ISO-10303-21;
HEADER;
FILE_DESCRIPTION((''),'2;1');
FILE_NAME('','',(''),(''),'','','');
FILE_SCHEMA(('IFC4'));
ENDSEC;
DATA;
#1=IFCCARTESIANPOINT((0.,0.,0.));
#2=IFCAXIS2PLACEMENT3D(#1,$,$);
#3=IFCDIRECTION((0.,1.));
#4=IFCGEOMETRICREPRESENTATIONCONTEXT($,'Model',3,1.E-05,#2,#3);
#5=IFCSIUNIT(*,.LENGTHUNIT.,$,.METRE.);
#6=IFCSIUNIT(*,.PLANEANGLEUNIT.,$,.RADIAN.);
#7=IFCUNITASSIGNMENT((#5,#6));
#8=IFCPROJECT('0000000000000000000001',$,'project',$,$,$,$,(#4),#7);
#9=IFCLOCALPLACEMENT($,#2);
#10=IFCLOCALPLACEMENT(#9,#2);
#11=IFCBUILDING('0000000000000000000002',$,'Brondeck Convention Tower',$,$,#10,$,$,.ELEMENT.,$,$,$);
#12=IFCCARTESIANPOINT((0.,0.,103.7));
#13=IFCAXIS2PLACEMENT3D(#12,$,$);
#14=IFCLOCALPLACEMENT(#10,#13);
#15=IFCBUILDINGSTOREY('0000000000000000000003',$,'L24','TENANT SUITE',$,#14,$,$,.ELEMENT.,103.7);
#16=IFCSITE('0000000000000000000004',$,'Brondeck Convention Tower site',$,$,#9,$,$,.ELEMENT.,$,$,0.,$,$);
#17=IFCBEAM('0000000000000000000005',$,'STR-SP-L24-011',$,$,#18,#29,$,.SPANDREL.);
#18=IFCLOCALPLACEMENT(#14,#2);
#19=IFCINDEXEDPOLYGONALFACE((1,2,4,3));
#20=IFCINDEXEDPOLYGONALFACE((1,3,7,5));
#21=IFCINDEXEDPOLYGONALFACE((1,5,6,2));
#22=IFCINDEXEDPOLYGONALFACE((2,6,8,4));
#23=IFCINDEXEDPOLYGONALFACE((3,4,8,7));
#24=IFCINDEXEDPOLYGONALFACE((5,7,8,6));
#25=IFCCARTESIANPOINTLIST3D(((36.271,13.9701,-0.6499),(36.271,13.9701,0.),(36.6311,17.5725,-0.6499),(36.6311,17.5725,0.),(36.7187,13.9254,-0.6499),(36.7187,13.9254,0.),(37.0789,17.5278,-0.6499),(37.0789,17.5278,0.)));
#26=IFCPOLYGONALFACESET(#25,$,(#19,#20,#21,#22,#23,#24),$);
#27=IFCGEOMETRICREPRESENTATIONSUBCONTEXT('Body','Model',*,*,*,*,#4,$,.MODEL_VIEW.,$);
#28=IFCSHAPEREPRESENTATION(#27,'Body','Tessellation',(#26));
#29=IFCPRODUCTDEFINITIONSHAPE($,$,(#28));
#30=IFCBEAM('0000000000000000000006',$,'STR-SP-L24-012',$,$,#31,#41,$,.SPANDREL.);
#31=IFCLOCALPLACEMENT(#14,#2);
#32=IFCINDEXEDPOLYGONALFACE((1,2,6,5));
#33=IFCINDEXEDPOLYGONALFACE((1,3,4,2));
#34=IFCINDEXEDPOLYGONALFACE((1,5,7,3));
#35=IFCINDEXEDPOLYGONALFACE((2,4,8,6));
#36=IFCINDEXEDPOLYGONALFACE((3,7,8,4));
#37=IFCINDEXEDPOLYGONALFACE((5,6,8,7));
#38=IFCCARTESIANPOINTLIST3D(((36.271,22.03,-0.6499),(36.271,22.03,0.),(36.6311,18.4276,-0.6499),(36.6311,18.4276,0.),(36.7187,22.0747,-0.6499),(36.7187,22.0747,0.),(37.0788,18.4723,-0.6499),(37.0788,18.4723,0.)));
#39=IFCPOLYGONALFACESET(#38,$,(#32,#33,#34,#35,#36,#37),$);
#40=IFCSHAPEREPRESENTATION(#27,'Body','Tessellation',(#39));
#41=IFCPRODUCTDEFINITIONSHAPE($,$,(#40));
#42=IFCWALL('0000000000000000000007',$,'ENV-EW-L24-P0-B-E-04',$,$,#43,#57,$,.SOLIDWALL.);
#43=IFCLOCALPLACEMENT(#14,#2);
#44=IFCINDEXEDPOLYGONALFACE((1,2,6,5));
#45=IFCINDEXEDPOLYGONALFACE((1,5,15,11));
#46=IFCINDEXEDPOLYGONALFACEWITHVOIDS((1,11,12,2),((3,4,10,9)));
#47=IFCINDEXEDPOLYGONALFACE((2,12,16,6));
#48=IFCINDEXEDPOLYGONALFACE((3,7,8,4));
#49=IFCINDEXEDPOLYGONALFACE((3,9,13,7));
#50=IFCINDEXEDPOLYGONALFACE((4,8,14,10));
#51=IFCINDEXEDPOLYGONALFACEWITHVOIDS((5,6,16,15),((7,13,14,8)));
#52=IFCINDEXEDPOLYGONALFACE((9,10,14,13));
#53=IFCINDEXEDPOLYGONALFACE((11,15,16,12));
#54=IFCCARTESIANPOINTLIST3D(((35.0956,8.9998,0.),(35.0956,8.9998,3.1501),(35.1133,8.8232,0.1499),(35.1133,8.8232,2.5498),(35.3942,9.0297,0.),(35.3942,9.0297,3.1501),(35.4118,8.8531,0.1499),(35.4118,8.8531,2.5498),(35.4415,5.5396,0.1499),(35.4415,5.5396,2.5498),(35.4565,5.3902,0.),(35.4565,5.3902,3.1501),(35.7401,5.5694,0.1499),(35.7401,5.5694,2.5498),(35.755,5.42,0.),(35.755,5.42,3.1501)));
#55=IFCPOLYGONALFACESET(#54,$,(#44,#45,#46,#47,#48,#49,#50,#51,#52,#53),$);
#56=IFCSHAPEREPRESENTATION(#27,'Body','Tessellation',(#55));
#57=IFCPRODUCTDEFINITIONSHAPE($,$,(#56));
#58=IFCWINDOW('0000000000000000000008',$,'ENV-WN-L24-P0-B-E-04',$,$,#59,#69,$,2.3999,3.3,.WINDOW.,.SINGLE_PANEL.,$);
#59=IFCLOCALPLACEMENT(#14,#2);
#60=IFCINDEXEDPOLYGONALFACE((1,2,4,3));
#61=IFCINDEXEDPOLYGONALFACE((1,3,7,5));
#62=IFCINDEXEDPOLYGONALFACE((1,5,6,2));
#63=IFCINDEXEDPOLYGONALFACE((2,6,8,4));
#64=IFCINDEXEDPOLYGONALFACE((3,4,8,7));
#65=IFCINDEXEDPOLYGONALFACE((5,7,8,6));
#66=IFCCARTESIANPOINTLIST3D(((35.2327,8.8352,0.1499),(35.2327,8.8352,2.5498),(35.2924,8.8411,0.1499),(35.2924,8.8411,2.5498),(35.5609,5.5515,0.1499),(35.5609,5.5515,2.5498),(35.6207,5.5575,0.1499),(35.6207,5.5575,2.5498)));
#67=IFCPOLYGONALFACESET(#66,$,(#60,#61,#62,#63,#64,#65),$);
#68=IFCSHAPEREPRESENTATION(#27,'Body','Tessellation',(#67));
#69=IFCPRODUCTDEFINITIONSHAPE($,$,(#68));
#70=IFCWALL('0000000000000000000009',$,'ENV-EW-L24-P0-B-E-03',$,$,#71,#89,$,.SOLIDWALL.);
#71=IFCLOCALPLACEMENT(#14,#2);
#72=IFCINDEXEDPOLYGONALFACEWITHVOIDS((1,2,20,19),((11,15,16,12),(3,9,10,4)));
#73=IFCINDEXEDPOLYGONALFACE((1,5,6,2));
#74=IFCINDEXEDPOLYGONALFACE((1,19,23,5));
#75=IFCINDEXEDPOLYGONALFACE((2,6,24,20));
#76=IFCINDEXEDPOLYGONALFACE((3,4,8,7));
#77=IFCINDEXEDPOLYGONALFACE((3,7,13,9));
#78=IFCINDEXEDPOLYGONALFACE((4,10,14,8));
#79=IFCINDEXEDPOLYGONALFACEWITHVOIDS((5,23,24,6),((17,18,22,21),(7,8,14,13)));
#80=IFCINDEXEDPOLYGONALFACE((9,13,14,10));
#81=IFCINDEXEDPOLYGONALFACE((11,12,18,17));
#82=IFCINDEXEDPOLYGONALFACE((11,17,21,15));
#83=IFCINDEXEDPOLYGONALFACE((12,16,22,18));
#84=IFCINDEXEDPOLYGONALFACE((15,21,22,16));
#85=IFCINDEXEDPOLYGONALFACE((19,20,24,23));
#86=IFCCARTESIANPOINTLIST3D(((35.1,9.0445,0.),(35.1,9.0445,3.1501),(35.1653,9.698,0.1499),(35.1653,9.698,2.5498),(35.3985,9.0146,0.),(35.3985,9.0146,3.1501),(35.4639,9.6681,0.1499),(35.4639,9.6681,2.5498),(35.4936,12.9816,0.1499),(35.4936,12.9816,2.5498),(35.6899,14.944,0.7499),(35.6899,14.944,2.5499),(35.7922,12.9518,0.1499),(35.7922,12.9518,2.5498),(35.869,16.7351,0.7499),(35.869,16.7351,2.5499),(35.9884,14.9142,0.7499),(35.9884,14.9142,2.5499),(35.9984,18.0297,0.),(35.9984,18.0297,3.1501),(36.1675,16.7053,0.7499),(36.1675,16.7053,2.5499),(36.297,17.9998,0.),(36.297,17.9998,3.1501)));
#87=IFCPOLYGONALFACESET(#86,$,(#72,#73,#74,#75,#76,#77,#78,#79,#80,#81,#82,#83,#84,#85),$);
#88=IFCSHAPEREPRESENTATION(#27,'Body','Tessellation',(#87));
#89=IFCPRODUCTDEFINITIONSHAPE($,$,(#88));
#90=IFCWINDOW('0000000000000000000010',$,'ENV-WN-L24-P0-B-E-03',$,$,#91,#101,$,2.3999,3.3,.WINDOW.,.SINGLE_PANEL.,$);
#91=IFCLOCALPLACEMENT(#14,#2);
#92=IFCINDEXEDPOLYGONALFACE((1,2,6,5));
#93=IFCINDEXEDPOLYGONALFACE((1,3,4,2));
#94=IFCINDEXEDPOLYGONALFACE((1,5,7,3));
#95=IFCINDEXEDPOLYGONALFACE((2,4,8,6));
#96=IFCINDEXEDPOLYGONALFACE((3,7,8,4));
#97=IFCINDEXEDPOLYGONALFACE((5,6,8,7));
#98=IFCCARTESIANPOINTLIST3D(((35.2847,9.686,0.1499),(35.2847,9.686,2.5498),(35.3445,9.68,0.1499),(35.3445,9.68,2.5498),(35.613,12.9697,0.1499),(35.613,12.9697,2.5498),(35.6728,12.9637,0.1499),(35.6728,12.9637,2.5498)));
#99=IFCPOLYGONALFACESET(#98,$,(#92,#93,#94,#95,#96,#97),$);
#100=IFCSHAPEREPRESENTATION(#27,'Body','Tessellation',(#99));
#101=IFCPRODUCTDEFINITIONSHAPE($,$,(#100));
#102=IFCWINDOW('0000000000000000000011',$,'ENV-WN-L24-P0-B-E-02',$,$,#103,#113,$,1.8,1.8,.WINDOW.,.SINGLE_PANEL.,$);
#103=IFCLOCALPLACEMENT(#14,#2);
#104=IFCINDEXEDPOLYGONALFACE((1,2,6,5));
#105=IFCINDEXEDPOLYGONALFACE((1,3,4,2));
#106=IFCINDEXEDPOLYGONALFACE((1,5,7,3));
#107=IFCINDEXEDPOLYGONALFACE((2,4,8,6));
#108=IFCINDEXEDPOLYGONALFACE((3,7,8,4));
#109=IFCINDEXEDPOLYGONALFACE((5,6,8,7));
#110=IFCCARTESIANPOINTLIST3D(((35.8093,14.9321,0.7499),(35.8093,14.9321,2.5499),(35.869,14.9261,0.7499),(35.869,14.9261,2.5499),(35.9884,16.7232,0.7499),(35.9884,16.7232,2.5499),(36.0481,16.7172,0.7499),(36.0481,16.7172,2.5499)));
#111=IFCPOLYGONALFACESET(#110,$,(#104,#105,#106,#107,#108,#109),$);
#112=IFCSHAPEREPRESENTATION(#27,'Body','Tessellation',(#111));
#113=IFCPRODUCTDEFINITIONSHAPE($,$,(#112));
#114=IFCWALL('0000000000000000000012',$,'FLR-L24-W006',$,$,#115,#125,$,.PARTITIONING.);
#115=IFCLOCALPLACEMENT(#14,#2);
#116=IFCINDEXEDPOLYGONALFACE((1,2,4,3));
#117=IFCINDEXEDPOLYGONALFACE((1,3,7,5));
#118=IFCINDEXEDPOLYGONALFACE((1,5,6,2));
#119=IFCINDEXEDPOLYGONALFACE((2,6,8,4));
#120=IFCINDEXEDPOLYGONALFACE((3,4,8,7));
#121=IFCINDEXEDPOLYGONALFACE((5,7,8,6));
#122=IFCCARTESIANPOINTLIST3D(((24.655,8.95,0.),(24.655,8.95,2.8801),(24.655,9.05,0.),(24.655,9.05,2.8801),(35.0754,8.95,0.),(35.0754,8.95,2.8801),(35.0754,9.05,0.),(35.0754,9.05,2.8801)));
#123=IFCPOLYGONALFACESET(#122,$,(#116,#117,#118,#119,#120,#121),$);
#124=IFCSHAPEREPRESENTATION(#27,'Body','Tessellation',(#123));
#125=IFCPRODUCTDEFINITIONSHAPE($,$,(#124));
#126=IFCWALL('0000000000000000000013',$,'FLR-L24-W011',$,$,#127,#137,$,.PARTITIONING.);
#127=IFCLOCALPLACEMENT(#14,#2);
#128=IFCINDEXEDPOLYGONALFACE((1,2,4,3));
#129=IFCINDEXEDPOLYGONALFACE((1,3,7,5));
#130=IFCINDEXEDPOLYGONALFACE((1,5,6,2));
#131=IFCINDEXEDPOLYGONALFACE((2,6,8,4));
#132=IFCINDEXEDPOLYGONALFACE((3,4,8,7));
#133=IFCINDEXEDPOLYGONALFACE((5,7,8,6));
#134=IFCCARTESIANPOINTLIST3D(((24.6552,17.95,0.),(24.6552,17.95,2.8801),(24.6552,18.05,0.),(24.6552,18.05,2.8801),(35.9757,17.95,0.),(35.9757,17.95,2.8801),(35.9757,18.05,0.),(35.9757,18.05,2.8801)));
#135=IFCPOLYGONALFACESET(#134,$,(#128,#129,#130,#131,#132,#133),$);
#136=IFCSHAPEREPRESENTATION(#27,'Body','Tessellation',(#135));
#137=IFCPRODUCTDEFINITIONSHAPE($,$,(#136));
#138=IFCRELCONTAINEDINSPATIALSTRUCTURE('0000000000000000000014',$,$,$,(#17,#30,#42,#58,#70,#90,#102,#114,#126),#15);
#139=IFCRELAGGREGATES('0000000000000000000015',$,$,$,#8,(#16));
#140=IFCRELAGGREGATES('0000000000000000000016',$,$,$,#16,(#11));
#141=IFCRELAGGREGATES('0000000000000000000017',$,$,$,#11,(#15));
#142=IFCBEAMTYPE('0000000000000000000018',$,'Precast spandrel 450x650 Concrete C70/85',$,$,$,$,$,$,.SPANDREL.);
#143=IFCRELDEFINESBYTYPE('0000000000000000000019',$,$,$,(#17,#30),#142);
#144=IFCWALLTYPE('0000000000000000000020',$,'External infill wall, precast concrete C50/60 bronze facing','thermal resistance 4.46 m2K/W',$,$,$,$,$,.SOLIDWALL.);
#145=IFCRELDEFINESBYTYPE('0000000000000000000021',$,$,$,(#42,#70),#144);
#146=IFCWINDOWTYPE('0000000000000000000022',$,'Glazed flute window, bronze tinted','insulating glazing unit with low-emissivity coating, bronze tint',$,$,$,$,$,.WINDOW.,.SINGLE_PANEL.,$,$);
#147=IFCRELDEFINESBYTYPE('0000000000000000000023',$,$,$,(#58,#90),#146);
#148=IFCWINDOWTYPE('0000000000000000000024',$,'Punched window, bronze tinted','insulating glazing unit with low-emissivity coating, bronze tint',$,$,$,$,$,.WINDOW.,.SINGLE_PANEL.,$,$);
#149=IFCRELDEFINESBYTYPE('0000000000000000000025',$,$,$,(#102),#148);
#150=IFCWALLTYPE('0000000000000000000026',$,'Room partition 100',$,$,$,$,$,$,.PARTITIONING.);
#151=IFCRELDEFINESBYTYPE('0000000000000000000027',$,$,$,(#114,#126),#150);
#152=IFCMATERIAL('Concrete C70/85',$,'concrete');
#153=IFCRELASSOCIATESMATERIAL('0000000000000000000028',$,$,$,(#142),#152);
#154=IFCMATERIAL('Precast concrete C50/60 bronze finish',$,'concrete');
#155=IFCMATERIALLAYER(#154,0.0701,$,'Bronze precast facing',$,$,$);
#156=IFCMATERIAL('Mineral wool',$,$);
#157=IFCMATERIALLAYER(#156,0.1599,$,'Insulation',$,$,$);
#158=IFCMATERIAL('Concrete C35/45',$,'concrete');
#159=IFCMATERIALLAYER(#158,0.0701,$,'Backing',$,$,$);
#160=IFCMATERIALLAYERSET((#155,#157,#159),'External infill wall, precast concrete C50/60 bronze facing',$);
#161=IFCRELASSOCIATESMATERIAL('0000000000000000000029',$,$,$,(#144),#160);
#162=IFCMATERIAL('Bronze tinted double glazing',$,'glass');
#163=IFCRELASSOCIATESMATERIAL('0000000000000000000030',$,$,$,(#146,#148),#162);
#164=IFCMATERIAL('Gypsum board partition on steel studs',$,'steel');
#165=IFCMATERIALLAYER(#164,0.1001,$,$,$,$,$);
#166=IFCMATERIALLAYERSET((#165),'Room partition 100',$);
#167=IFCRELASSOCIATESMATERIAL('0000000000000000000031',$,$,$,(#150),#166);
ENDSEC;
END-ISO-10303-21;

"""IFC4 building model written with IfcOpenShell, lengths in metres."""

from ifc_helpers import new_model, si_unit, direction, frame, frame_2d, origin, origin_2d, place, context, subcontext, project, spatial, rectangle, extrude, material, layer, layer_set, material_profile, profile_set, type_object, element, fill, save


model = new_model("IFC4")

# Units and contexts
model_context = context("Model", 3, precision=1e-05, world=origin(), true_north=direction((0.0, 1.0)))
body_context = subcontext(model_context, "Body", "Model", "MODEL_VIEW")
ifc_project = project(units=[si_unit("LENGTHUNIT", "METRE"), si_unit("PLANEANGLEUNIT", "RADIAN")], contexts=[model_context])

# Site, building, storey
site_placement = place(None, origin())
site = spatial("IfcSite", under=ifc_project, at=site_placement, Name="Brondeck Convention Tower site", CompositionType="ELEMENT", RefElevation=0.0)
building_placement = place(site_placement, origin())
building = spatial("IfcBuilding", under=site, at=building_placement, Name="Brondeck Convention Tower", CompositionType="ELEMENT")
storey_placement = place(building_placement, frame((0.0, 0.0, 103.7)))
storey = spatial("IfcBuildingStorey", under=building, at=storey_placement, Name="L24", Description="TENANT SUITE", CompositionType="ELEMENT", Elevation=103.7)

# Shared definitions
ifc_material_1 = material(Name="Concrete C70/85", Category="concrete")

# Beams
ifc_material_profile_1 = material_profile(ifc_material_1, rectangle(XDim=0.45, YDim=0.6499, at=origin_2d()), Name="Precast spandrel 450x650 Concrete C70/85")
ifc_profile_set_1 = profile_set([ifc_material_profile_1], Name="Concrete C70/85")
beam_type_1 = type_object("IfcBeamType", Name="Precast spandrel 450x650 Concrete C70/85", PredefinedType="SPANDREL", material=ifc_profile_set_1)
for number, where, z_axis, x_axis, name in (
    (1, (36.4949, 13.9478, -0.325), (0.09947, 0.995041, 0.0), (-0.995041, 0.09947, 0.0), "STR-SP-L24-011"),
    (2, (36.855, 18.45, -0.325), (-0.09947, 0.995041, 0.0), (-0.995041, -0.09947, 0.0), "STR-SP-L24-012"),
):
    element("IfcBeam", number, at=place(storey_placement, frame(where, z_axis=z_axis, x_axis=x_axis)), inside=storey, type_object=beam_type_1, Name=name, PredefinedType="SPANDREL", context=body_context, shape_type="SweptSolid", body=[
        extrude(rectangle(XDim=0.45, YDim=0.6499, at=origin_2d()), origin(), (0.0, 0.0, 1.0), 3.6204),
    ])

# Wall, opening, window
ifc_material_2 = material(Name="Precast concrete C50/60 bronze finish", Category="concrete")
ifc_layer_1 = layer(ifc_material_2, 0.0701, Name="Bronze precast facing")
ifc_material_3 = material(Name="Mineral wool")
ifc_layer_2 = layer(ifc_material_3, 0.1599, Name="Insulation")
ifc_material_4 = material(Name="Concrete C35/45", Category="concrete")
ifc_layer_3 = layer(ifc_material_4, 0.0701, Name="Backing")
ifc_layer_set_1 = layer_set([ifc_layer_1, ifc_layer_2, ifc_layer_3], Name="External infill wall, precast concrete C50/60 bronze facing")
wall_type_1 = type_object("IfcWallType", Name="External infill wall, precast concrete C50/60 bronze facing", Description="thermal resistance 4.46 m2K/W", PredefinedType="SOLIDWALL", material=ifc_layer_set_1)
wall_1_placement = place(storey_placement, frame((35.2449, 9.0149, 0.0), z_axis=(0.0, 0.0, 1.0), x_axis=(0.09947, -0.995041, 0.0)))
wall_1 = element("IfcWall", 3, at=wall_1_placement, inside=storey, type_object=wall_type_1, Name="ENV-EW-L24-P0-B-E-04", PredefinedType="SOLIDWALL", context=body_context, shape_type="SweptSolid", body=[
    extrude(rectangle(XDim=3.6277, YDim=0.3, at=frame_2d((1.814, 0.0))), origin(), (0.0, 0.0, 1.0), 3.1501),
])
opening_1_placement = place(wall_1_placement, frame((0.1777, 0.0, 0.1499)))
opening_1 = element("IfcOpeningElement", 4, at=opening_1_placement, cuts=wall_1, PredefinedType="OPENING", context=body_context, shape_type="SweptSolid", body=[
    extrude(rectangle(XDim=3.3, YDim=2.3999, at=frame_2d((1.6499, 1.2))), frame((0.0, 0.1599, 0.0), z_axis=(0.0, -1.0, 0.0), x_axis=(1.0, 0.0, 0.0)), (0.0, 0.0, 1.0), 0.3201),
])
ifc_material_5 = material(Name="Bronze tinted double glazing", Category="glass")
window_type_1 = type_object("IfcWindowType", Name="Glazed flute window, bronze tinted", Description="insulating glazing unit with low-emissivity coating, bronze tint", PartitioningType="SINGLE_PANEL", PredefinedType="WINDOW", material=ifc_material_5)
window_1_placement = place(opening_1_placement, origin())
window_1 = element("IfcWindow", 5, at=window_1_placement, inside=storey, type_object=window_type_1, Name="ENV-WN-L24-P0-B-E-04", OverallHeight=2.3999, OverallWidth=3.3, PartitioningType="SINGLE_PANEL", PredefinedType="WINDOW", context=body_context, shape_type="SweptSolid", body=[
    extrude(rectangle(XDim=3.3, YDim=2.3999, at=frame_2d((1.6499, 1.2))), frame((0.0, 0.03, 0.0), z_axis=(0.0, -1.0, 0.0), x_axis=(1.0, 0.0, 0.0)), (0.0, 0.0, 1.0), 0.0601),
])
fill(opening_1, window_1)

# Wall, openings, windows
wall_2_placement = place(storey_placement, frame((36.1477, 18.0149, 0.0), z_axis=(0.0, 0.0, 1.0), x_axis=(-0.099496, -0.995038, 0.0)))
wall_2 = element("IfcWall", 6, at=wall_2_placement, inside=storey, type_object=wall_type_1, Name="ENV-EW-L24-P0-B-E-03", PredefinedType="SOLIDWALL", context=body_context, shape_type="SweptSolid", body=[
    extrude(rectangle(XDim=9.03, YDim=0.3, at=frame_2d((4.5151, 0.0))), origin(), (0.0, 0.0, 1.0), 3.1501),
])
opening_2_placement = place(wall_2_placement, frame((1.3013, 0.0, 0.75)))
opening_2 = element("IfcOpeningElement", 7, at=opening_2_placement, cuts=wall_2, PredefinedType="OPENING", context=body_context, shape_type="SweptSolid", body=[
    extrude(rectangle(XDim=1.8, YDim=1.8, at=frame_2d((0.8999, 0.8999))), frame((0.0, 0.1599, 0.0), z_axis=(0.0, -1.0, 0.0), x_axis=(1.0, 0.0, 0.0)), (0.0, 0.0, 1.0), 0.3201),
])
opening_3_placement = place(wall_2_placement, frame((5.0735, 0.0, 0.1499)))
opening_3 = element("IfcOpeningElement", 8, at=opening_3_placement, cuts=wall_2, PredefinedType="OPENING", context=body_context, shape_type="SweptSolid", body=[
    extrude(rectangle(XDim=3.3, YDim=2.3999, at=frame_2d((1.6499, 1.2))), frame((0.0, 0.1599, 0.0), z_axis=(0.0, -1.0, 0.0), x_axis=(1.0, 0.0, 0.0)), (0.0, 0.0, 1.0), 0.3201),
])
window_2_placement = place(opening_3_placement, origin())
window_2 = element("IfcWindow", 9, at=window_2_placement, inside=storey, type_object=window_type_1, Name="ENV-WN-L24-P0-B-E-03", OverallHeight=2.3999, OverallWidth=3.3, PartitioningType="SINGLE_PANEL", PredefinedType="WINDOW", context=body_context, shape_type="SweptSolid", body=[
    extrude(rectangle(XDim=3.3, YDim=2.3999, at=frame_2d((1.6499, 1.2))), frame((0.0, 0.03, 0.0), z_axis=(0.0, -1.0, 0.0), x_axis=(1.0, 0.0, 0.0)), (0.0, 0.0, 1.0), 0.0601),
])
fill(opening_3, window_2)
window_type_2 = type_object("IfcWindowType", Name="Punched window, bronze tinted", Description="insulating glazing unit with low-emissivity coating, bronze tint", PartitioningType="SINGLE_PANEL", PredefinedType="WINDOW", material=ifc_material_5)
window_3_placement = place(opening_2_placement, origin())
window_3 = element("IfcWindow", 10, at=window_3_placement, inside=storey, type_object=window_type_2, Name="ENV-WN-L24-P0-B-E-02", OverallHeight=1.8, OverallWidth=1.8, PartitioningType="SINGLE_PANEL", PredefinedType="WINDOW", context=body_context, shape_type="SweptSolid", body=[
    extrude(rectangle(XDim=1.8, YDim=1.8, at=frame_2d((0.8999, 0.8999))), frame((0.0, 0.03, 0.0), z_axis=(0.0, -1.0, 0.0), x_axis=(1.0, 0.0, 0.0)), (0.0, 0.0, 1.0), 0.0601),
])
fill(opening_2, window_3)

# Walls
ifc_material_6 = material(Name="Gypsum board partition on steel studs", Category="steel")
ifc_layer_4 = layer(ifc_material_6, 0.1001)
ifc_layer_set_2 = layer_set([ifc_layer_4], Name="Room partition 100")
wall_type_2 = type_object("IfcWallType", Name="Room partition 100", PredefinedType="PARTITIONING", material=ifc_layer_set_2)
wall_3_placement = place(storey_placement, frame((35.0754, 9.0, 0.0), z_axis=(0.0, 0.0, 1.0), x_axis=(-1.0, 0.0, 0.0)))
element("IfcWall", 11, at=wall_3_placement, inside=storey, type_object=wall_type_2, Name="FLR-L24-W006", PredefinedType="PARTITIONING", context=body_context, shape_type="SweptSolid", body=[
    extrude(rectangle(XDim=10.4204, YDim=0.1001, at=frame_2d((5.2102, 0.0))), origin(), (0.0, 0.0, 1.0), 2.8801),
])
wall_4_placement = place(storey_placement, frame((35.9756, 18.0, 0.0), z_axis=(0.0, 0.0, 1.0), x_axis=(-1.0, 0.0, 0.0)))
element("IfcWall", 12, at=wall_4_placement, inside=storey, type_object=wall_type_2, Name="FLR-L24-W011", PredefinedType="PARTITIONING", context=body_context, shape_type="SweptSolid", body=[
    extrude(rectangle(XDim=11.3206, YDim=0.1001, at=frame_2d((5.6602, 0.0))), origin(), (0.0, 0.0, 1.0), 2.8801),
])

save(model, "model.ifc")
